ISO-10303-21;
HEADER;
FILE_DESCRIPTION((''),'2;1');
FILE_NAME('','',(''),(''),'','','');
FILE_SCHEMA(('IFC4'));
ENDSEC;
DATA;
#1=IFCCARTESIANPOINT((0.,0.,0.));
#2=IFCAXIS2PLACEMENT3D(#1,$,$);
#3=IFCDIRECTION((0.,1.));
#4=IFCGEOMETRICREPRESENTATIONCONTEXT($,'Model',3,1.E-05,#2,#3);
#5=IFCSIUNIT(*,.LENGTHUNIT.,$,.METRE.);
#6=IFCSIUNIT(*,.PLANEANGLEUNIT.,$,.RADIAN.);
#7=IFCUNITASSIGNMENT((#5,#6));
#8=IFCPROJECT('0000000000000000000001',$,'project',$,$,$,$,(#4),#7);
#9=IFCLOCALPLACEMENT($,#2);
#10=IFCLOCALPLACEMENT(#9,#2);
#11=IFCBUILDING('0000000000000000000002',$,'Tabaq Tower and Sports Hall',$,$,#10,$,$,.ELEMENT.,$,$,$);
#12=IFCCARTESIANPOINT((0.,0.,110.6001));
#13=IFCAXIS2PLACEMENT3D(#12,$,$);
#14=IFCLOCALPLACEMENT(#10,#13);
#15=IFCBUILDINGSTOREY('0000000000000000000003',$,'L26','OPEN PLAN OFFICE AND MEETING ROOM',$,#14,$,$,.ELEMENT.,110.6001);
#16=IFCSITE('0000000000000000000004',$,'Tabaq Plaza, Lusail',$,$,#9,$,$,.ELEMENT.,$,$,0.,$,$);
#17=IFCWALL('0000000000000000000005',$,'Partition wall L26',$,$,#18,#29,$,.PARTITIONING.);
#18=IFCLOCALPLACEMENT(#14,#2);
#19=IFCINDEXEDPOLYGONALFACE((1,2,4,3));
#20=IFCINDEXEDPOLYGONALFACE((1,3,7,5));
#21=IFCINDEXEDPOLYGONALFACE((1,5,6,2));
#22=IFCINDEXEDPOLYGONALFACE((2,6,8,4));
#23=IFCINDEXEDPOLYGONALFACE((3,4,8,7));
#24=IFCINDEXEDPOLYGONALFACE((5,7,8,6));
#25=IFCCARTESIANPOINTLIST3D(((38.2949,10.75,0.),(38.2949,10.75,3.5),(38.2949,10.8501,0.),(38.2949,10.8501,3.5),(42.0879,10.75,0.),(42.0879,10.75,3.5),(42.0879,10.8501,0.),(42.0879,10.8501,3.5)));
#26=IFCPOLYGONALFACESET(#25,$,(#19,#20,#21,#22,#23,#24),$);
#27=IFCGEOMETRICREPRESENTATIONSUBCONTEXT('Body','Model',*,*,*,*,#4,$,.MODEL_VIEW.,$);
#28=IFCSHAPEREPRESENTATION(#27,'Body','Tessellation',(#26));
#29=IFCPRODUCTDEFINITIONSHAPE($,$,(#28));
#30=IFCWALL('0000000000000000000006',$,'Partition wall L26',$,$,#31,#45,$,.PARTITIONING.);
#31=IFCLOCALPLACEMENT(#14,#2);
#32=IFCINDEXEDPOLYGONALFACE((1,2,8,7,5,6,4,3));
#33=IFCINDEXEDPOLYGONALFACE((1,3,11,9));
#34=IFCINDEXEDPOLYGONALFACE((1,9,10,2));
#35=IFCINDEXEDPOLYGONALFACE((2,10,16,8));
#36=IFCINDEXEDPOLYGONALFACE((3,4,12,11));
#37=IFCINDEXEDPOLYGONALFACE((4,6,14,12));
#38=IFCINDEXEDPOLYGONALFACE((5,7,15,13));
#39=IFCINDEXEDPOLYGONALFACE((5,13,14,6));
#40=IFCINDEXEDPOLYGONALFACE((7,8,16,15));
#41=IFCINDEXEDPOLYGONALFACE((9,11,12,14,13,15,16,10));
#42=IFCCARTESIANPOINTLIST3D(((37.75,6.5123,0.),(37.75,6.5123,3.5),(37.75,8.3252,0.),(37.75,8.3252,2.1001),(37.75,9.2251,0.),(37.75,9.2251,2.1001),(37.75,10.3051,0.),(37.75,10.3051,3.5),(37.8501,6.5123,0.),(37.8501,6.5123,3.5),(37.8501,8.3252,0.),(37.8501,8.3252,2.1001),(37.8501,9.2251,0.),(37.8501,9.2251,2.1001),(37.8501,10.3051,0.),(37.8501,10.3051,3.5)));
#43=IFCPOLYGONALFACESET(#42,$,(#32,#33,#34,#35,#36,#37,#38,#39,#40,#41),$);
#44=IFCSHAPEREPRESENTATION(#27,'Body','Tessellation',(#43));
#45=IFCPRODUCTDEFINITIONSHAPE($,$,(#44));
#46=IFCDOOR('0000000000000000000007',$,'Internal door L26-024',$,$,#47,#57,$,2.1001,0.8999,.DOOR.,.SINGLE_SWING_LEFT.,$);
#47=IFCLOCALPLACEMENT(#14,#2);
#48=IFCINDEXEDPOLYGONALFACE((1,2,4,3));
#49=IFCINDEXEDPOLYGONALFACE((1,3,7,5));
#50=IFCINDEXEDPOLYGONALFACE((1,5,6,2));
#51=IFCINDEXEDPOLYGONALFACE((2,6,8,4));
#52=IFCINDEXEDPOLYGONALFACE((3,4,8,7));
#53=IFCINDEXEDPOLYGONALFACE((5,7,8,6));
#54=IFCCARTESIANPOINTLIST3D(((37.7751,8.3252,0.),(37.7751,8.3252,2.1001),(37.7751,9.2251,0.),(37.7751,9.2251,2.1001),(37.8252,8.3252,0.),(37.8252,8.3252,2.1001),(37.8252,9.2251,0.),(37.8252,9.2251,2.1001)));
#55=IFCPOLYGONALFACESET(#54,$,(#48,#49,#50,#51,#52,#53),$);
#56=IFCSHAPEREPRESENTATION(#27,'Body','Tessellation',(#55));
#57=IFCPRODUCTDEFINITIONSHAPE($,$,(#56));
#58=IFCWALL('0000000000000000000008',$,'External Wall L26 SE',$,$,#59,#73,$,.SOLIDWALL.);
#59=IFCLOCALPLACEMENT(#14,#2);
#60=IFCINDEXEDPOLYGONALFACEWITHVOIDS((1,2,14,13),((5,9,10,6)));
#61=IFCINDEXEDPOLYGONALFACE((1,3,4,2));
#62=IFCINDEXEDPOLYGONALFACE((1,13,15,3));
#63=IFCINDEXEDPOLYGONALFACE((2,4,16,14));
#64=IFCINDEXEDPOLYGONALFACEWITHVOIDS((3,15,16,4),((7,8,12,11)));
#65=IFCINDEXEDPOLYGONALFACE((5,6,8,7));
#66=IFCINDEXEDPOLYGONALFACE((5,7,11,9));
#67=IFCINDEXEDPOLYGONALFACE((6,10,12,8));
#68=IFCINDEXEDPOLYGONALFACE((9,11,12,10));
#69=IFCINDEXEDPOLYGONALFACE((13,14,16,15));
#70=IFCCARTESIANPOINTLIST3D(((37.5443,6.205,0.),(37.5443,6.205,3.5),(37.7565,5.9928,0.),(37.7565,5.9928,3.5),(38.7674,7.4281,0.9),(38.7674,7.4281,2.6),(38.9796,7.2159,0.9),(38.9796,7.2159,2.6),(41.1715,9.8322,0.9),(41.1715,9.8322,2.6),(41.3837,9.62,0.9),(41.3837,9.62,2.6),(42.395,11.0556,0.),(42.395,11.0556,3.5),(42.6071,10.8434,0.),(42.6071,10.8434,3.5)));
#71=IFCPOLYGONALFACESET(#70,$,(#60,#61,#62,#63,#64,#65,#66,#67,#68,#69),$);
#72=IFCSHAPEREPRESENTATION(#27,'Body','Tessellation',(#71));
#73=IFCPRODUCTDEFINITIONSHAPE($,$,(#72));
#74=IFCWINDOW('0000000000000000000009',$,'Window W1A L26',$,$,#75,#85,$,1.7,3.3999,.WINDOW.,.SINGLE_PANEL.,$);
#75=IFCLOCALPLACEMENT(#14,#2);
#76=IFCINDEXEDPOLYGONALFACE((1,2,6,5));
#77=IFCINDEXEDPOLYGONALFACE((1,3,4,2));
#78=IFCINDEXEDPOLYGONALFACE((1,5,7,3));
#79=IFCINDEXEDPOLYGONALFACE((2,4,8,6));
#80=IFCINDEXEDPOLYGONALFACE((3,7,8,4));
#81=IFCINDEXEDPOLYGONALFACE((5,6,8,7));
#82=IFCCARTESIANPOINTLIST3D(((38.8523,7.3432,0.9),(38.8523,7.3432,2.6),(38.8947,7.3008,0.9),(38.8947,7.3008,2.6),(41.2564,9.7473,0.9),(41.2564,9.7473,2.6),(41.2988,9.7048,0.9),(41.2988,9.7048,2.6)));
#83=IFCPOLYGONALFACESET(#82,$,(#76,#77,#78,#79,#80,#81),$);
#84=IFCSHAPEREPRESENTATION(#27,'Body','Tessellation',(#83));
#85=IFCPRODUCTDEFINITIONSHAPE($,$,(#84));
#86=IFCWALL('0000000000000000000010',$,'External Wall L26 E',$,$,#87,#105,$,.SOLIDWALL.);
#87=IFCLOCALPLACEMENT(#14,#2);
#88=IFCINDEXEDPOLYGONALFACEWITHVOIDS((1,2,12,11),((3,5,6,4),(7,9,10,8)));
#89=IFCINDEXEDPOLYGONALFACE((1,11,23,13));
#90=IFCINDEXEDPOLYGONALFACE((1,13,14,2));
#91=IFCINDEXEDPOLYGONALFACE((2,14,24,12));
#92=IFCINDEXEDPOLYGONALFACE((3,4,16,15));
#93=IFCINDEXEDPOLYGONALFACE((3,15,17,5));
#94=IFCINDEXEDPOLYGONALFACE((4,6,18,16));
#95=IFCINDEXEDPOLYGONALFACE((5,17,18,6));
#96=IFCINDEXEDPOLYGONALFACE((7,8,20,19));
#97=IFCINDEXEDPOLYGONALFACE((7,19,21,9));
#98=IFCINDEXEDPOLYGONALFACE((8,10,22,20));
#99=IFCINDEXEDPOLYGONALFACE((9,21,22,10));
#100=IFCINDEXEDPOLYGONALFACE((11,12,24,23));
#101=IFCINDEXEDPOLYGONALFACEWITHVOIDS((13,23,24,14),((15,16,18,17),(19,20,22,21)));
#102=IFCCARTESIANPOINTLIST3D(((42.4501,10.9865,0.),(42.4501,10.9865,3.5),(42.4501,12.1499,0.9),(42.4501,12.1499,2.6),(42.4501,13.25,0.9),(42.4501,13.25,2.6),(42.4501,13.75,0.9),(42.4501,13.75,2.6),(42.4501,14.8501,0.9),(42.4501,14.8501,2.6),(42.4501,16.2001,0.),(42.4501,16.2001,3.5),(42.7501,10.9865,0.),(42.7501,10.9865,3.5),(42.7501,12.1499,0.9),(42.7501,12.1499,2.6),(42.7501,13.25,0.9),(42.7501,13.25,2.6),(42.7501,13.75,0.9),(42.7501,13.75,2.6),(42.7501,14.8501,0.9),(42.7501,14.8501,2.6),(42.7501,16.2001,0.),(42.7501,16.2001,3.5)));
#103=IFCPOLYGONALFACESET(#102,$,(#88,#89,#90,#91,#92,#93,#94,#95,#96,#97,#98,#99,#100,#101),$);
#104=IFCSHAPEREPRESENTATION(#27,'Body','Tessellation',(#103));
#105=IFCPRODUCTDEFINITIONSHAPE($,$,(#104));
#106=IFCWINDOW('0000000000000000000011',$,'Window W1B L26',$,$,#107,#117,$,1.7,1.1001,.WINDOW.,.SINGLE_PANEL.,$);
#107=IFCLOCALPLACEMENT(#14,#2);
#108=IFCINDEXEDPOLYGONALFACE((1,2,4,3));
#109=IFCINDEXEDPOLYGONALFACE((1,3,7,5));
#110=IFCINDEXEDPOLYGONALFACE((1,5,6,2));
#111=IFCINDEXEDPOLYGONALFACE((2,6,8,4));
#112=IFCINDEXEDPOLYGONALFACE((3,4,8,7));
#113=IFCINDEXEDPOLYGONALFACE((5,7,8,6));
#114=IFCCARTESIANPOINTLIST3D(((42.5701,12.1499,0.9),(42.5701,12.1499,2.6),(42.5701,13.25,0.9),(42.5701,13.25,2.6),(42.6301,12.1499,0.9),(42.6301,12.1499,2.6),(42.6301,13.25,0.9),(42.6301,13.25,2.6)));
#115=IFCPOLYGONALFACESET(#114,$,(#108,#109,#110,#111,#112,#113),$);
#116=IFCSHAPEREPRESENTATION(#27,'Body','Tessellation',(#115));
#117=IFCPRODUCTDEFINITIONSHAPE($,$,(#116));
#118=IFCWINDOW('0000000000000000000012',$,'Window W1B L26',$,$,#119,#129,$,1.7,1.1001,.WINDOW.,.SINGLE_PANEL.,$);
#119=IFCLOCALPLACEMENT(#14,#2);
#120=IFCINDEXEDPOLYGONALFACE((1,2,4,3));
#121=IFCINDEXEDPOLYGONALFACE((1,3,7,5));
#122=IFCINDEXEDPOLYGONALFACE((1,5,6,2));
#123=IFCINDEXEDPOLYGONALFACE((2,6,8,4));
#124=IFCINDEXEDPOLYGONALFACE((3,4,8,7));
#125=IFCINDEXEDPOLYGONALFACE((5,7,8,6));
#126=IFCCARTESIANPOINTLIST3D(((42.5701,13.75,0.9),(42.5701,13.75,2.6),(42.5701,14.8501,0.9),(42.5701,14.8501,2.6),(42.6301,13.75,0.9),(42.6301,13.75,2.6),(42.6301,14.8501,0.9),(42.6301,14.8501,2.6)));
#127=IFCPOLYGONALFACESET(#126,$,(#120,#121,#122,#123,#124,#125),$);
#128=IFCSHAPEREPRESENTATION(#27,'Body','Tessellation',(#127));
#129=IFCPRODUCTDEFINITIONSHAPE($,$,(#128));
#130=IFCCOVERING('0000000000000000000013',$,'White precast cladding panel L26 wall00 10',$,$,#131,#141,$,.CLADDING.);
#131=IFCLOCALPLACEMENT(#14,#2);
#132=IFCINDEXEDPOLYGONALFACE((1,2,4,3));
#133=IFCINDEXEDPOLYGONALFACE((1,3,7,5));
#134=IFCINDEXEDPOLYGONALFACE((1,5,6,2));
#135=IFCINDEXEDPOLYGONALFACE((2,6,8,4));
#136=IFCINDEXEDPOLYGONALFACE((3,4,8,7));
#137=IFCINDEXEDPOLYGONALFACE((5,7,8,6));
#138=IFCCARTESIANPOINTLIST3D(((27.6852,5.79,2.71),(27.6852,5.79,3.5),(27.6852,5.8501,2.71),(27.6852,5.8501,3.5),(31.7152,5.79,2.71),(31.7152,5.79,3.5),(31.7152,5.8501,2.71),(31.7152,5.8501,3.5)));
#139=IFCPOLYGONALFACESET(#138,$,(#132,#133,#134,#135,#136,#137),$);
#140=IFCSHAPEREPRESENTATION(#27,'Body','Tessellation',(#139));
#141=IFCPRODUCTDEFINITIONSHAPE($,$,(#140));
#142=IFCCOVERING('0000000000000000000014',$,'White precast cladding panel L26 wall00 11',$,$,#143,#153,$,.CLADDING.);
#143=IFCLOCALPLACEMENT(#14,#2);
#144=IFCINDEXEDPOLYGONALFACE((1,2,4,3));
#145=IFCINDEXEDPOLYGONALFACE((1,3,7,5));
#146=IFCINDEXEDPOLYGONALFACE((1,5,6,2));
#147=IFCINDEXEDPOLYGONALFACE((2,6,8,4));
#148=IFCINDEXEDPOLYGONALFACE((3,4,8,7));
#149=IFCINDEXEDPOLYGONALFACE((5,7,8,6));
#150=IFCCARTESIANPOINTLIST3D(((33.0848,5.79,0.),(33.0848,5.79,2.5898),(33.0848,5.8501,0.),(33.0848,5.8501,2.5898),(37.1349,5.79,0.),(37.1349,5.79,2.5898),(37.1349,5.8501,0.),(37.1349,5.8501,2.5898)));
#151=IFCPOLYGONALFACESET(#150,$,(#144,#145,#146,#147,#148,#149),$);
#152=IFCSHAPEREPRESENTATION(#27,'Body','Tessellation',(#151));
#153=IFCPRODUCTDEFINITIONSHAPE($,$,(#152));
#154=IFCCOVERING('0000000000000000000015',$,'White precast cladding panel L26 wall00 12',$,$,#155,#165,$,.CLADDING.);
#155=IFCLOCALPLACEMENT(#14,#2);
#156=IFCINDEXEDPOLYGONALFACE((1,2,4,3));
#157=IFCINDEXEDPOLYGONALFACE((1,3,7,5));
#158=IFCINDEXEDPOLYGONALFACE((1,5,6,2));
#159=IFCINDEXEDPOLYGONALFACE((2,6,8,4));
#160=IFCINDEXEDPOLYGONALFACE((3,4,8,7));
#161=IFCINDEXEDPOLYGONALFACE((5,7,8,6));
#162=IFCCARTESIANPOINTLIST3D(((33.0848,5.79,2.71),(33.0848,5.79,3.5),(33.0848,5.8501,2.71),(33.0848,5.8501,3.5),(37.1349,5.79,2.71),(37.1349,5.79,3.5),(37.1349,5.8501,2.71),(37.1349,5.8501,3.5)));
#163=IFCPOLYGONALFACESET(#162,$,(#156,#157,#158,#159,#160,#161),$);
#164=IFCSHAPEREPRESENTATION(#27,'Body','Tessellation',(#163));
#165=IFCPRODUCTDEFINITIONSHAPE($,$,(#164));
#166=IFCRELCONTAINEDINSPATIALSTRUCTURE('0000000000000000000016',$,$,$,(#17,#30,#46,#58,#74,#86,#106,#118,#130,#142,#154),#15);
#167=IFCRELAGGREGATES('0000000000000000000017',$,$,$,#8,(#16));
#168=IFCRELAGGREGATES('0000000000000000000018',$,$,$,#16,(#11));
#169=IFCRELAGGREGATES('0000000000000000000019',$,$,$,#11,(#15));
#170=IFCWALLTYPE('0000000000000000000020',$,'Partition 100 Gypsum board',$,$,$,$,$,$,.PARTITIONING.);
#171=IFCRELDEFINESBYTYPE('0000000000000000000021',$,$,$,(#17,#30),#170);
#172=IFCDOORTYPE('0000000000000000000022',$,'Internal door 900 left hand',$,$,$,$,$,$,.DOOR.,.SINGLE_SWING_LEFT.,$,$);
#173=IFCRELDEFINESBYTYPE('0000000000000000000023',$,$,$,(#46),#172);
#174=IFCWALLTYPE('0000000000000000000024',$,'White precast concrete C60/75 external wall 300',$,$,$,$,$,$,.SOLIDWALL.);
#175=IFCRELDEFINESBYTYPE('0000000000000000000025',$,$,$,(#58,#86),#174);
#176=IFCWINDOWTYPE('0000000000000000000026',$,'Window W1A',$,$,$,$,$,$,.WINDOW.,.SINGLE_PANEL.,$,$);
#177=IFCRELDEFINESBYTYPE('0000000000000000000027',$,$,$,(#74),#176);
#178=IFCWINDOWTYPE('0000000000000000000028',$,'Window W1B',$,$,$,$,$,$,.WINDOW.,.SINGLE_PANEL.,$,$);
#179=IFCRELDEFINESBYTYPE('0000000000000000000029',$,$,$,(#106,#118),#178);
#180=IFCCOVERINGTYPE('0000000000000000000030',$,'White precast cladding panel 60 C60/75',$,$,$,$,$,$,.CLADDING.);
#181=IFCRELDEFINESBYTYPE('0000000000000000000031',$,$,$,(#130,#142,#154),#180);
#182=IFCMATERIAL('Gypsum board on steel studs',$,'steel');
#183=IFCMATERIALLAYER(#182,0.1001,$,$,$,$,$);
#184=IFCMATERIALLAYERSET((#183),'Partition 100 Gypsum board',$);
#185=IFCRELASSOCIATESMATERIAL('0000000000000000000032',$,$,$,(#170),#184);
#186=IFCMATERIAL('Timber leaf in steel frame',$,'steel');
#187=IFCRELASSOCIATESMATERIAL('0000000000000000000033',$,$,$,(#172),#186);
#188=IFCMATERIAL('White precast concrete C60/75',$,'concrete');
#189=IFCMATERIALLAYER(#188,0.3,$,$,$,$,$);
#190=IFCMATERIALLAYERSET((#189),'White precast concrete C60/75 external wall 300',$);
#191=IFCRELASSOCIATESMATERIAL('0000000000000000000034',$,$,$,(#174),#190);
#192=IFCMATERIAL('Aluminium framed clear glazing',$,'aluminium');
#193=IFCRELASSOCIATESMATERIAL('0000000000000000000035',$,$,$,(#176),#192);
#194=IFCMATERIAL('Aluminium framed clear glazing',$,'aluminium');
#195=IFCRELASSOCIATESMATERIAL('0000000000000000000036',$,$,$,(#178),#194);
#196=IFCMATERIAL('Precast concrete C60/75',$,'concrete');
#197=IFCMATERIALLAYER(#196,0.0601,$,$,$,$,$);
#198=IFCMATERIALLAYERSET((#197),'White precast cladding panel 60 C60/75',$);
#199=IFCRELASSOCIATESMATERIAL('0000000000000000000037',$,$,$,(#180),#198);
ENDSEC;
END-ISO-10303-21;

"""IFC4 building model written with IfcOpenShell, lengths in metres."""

from ifc_helpers import new_model, si_unit, direction, frame, frame_2d, origin, place, context, subcontext, project, spatial, rectangle, extrude, material, layer, layer_set, type_object, element, fill, save


model = new_model("IFC4")

# Units and contexts
model_context = context("Model", 3, precision=1e-05, world=origin(), true_north=direction((0.0, 1.0)))
body_context = subcontext(model_context, "Body", "Model", "MODEL_VIEW")
ifc_project = project(units=[si_unit("LENGTHUNIT", "METRE"), si_unit("PLANEANGLEUNIT", "RADIAN")], contexts=[model_context])

# Site, building, storey
site_placement = place(None, origin())
site = spatial("IfcSite", under=ifc_project, at=site_placement, Name="Tabaq Plaza, Lusail", CompositionType="ELEMENT", RefElevation=0.0)
building_placement = place(site_placement, origin())
building = spatial("IfcBuilding", under=site, at=building_placement, Name="Tabaq Tower and Sports Hall", CompositionType="ELEMENT")
storey_placement = place(building_placement, frame((0.0, 0.0, 110.6001)))
storey = spatial("IfcBuildingStorey", under=building, at=storey_placement, Name="L26", Description="OPEN PLAN OFFICE AND MEETING ROOM", CompositionType="ELEMENT", Elevation=110.6001)

# Shared definitions
ifc_material_1 = material(Name="Gypsum board on steel studs", Category="steel")
ifc_layer_1 = layer(ifc_material_1, 0.1001)
ifc_layer_set_1 = layer_set([ifc_layer_1], Name="Partition 100 Gypsum board")
wall_type_1 = type_object("IfcWallType", Name="Partition 100 Gypsum board", PredefinedType="PARTITIONING", material=ifc_layer_set_1)

# Shared definitions
ifc_material_2 = material(Name="Timber leaf in steel frame", Category="steel")
door_type = type_object("IfcDoorType", Name="Internal door 900 left hand", OperationType="SINGLE_SWING_LEFT", PredefinedType="DOOR", material=ifc_material_2)

# Wall
wall_1_placement = place(storey_placement, frame((38.2949, 10.8, 0.0), z_axis=(0.0, 0.0, 1.0), x_axis=(1.0, 0.0, 0.0)))
element("IfcWall", 1, at=wall_1_placement, inside=storey, type_object=wall_type_1, Name="Partition wall L26", PredefinedType="PARTITIONING", context=body_context, shape_type="SweptSolid", body=[
    extrude(rectangle(XDim=3.793, YDim=0.1001, at=frame_2d((1.8965, 0.0))), origin(), (0.0, 0.0, 1.0), 3.5),
])

# Wall, opening, door
wall_2_placement = place(storey_placement, frame((37.8, 6.5122, 0.0), z_axis=(0.0, 0.0, 1.0), x_axis=(0.0, 1.0, 0.0)))
wall_2 = element("IfcWall", 2, at=wall_2_placement, inside=storey, type_object=wall_type_1, Name="Partition wall L26", PredefinedType="PARTITIONING", context=body_context, shape_type="SweptSolid", body=[
    extrude(rectangle(XDim=3.7927, YDim=0.1001, at=frame_2d((1.8965, 0.0))), origin(), (0.0, 0.0, 1.0), 3.5),
])
opening_1_placement = place(wall_2_placement, frame((1.813, 0.0, 0.0)))
opening_1 = element("IfcOpeningElement", 3, at=opening_1_placement, cuts=wall_2, PredefinedType="OPENING", context=body_context, shape_type="SweptSolid", body=[
    extrude(rectangle(XDim=0.8999, YDim=2.1001, at=frame_2d((0.45, 1.05))), frame((0.0, 0.05, 0.0), z_axis=(0.0, -1.0, 0.0), x_axis=(1.0, 0.0, 0.0)), (0.0, 0.0, 1.0), 0.1001),
])
door_1_placement = place(opening_1_placement, origin())
door_1 = element("IfcDoor", 4, at=door_1_placement, inside=storey, type_object=door_type, Name="Internal door L26-024", OperationType="SINGLE_SWING_LEFT", OverallHeight=2.1001, OverallWidth=0.8999, PredefinedType="DOOR", context=body_context, shape_type="SweptSolid", body=[
    extrude(rectangle(XDim=0.8999, YDim=2.1001, at=frame_2d((0.45, 1.05))), frame((0.0, 0.0249, 0.0), z_axis=(0.0, -1.0, 0.0), x_axis=(1.0, 0.0, 0.0)), (0.0, 0.0, 1.0), 0.05),
])
fill(opening_1, door_1)

# Wall, opening, window
ifc_material_3 = material(Name="White precast concrete C60/75", Category="concrete")
ifc_layer_2 = layer(ifc_material_3, 0.3)
ifc_layer_set_2 = layer_set([ifc_layer_2], Name="White precast concrete C60/75 external wall 300")
wall_type_2 = type_object("IfcWallType", Name="White precast concrete C60/75 external wall 300", PredefinedType="SOLIDWALL", material=ifc_layer_set_2)
wall_3_placement = place(storey_placement, frame((37.6504, 6.0989, 0.0), z_axis=(0.0, 0.0, 1.0), x_axis=(0.707107, 0.707107, 0.0)))
wall_3 = element("IfcWall", 5, at=wall_3_placement, inside=storey, type_object=wall_type_2, Name="External Wall L26 SE", PredefinedType="SOLIDWALL", context=body_context, shape_type="SweptSolid", body=[
    extrude(rectangle(XDim=6.8599, YDim=0.3, at=frame_2d((3.4299, 0.0))), origin(), (0.0, 0.0, 1.0), 3.5),
])
opening_2_placement = place(wall_3_placement, frame((1.7297, 0.0, 0.8999)))
opening_2 = element("IfcOpeningElement", 6, at=opening_2_placement, cuts=wall_3, PredefinedType="OPENING", context=body_context, shape_type="SweptSolid", body=[
    extrude(rectangle(XDim=3.3999, YDim=1.7, at=frame_2d((1.7, 0.8501))), frame((0.0, 0.1602, 0.0), z_axis=(0.0, -1.0, 0.0), x_axis=(1.0, 0.0, 0.0)), (0.0, 0.0, 1.0), 0.3201),
])
ifc_material_4 = material(Name="Aluminium framed clear glazing", Category="aluminium")
window_type_1 = type_object("IfcWindowType", Name="Window W1A", PartitioningType="SINGLE_PANEL", PredefinedType="WINDOW", material=ifc_material_4)
window_1_placement = place(opening_2_placement, origin())
window_1 = element("IfcWindow", 7, at=window_1_placement, inside=storey, type_object=window_type_1, Name="Window W1A L26", OverallHeight=1.7, OverallWidth=3.3999, PartitioningType="SINGLE_PANEL", PredefinedType="WINDOW", context=body_context, shape_type="SweptSolid", body=[
    extrude(rectangle(XDim=3.3999, YDim=1.7, at=frame_2d((1.7, 0.8501))), frame((0.0, 0.03, 0.0), z_axis=(0.0, -1.0, 0.0), x_axis=(1.0, 0.0, 0.0)), (0.0, 0.0, 1.0), 0.0601),
])
fill(opening_2, window_1)

# Wall, openings, windows
wall_4_placement = place(storey_placement, frame((42.6001, 10.9863, 0.0), z_axis=(0.0, 0.0, 1.0), x_axis=(0.0, 1.0, 0.0)))
wall_4 = element("IfcWall", 8, at=wall_4_placement, inside=storey, type_object=wall_type_2, Name="External Wall L26 E", PredefinedType="SOLIDWALL", context=body_context, shape_type="SweptSolid", body=[
    extrude(rectangle(XDim=5.2136, YDim=0.3, at=frame_2d((2.6069, 0.0))), origin(), (0.0, 0.0, 1.0), 3.5),
])
opening_3_placement = place(wall_4_placement, frame((1.1636, 0.0, 0.8999)))
opening_3 = element("IfcOpeningElement", 9, at=opening_3_placement, cuts=wall_4, PredefinedType="OPENING", context=body_context, shape_type="SweptSolid", body=[
    extrude(rectangle(XDim=1.1001, YDim=1.7, at=frame_2d((0.55, 0.8501))), frame((0.0, 0.1602, 0.0), z_axis=(0.0, -1.0, 0.0), x_axis=(1.0, 0.0, 0.0)), (0.0, 0.0, 1.0), 0.3201),
])
opening_4_placement = place(wall_4_placement, frame((2.7637, 0.0, 0.8999)))
opening_4 = element("IfcOpeningElement", 10, at=opening_4_placement, cuts=wall_4, PredefinedType="OPENING", context=body_context, shape_type="SweptSolid", body=[
    extrude(rectangle(XDim=1.1001, YDim=1.7, at=frame_2d((0.55, 0.8501))), frame((0.0, 0.1602, 0.0), z_axis=(0.0, -1.0, 0.0), x_axis=(1.0, 0.0, 0.0)), (0.0, 0.0, 1.0), 0.3201),
])
ifc_material_5 = material(Name="Aluminium framed clear glazing", Category="aluminium")
window_type_2 = type_object("IfcWindowType", Name="Window W1B", PartitioningType="SINGLE_PANEL", PredefinedType="WINDOW", material=ifc_material_5)
window_2_placement = place(opening_3_placement, origin())
window_2 = element("IfcWindow", 11, at=window_2_placement, inside=storey, type_object=window_type_2, Name="Window W1B L26", OverallHeight=1.7, OverallWidth=1.1001, PartitioningType="SINGLE_PANEL", PredefinedType="WINDOW", context=body_context, shape_type="SweptSolid", body=[
    extrude(rectangle(XDim=1.1001, YDim=1.7, at=frame_2d((0.55, 0.8501))), frame((0.0, 0.03, 0.0), z_axis=(0.0, -1.0, 0.0), x_axis=(1.0, 0.0, 0.0)), (0.0, 0.0, 1.0), 0.0601),
])
fill(opening_3, window_2)
window_3_placement = place(opening_4_placement, origin())
window_3 = element("IfcWindow", 12, at=window_3_placement, inside=storey, type_object=window_type_2, Name="Window W1B L26", OverallHeight=1.7, OverallWidth=1.1001, PartitioningType="SINGLE_PANEL", PredefinedType="WINDOW", context=body_context, shape_type="SweptSolid", body=[
    extrude(rectangle(XDim=1.1001, YDim=1.7, at=frame_2d((0.55, 0.8501))), frame((0.0, 0.03, 0.0), z_axis=(0.0, -1.0, 0.0), x_axis=(1.0, 0.0, 0.0)), (0.0, 0.0, 1.0), 0.0601),
])
fill(opening_4, window_3)

# Coverings
ifc_material_6 = material(Name="Precast concrete C60/75", Category="concrete")
ifc_layer_3 = layer(ifc_material_6, 0.0601)
ifc_layer_set_3 = layer_set([ifc_layer_3], Name="White precast cladding panel 60 C60/75")
covering_type = type_object("IfcCoveringType", Name="White precast cladding panel 60 C60/75", PredefinedType="CLADDING", material=ifc_layer_set_3)
covering_1_placement = place(storey_placement, frame((27.6851, 5.8201, 2.71), z_axis=(0.0, 0.0, 1.0), x_axis=(1.0, 0.0, 0.0)))
element("IfcCovering", 13, at=covering_1_placement, inside=storey, type_object=covering_type, Name="White precast cladding panel L26 wall00 10", PredefinedType="CLADDING", context=body_context, shape_type="SweptSolid", body=[
    extrude(rectangle(XDim=4.03, YDim=0.0601, at=frame_2d((2.0151, 0.0))), origin(), (0.0, 0.0, 1.0), 0.79),
])
covering_2_placement = place(storey_placement, frame((33.085, 5.8201, 0.0), z_axis=(0.0, 0.0, 1.0), x_axis=(1.0, 0.0, 0.0)))
element("IfcCovering", 14, at=covering_2_placement, inside=storey, type_object=covering_type, Name="White precast cladding panel L26 wall00 11", PredefinedType="CLADDING", context=body_context, shape_type="SweptSolid", body=[
    extrude(rectangle(XDim=4.05, YDim=0.0601, at=frame_2d((2.0249, 0.0))), origin(), (0.0, 0.0, 1.0), 2.5898),
])
covering_3_placement = place(storey_placement, frame((33.085, 5.8201, 2.71), z_axis=(0.0, 0.0, 1.0), x_axis=(1.0, 0.0, 0.0)))
element("IfcCovering", 15, at=covering_3_placement, inside=storey, type_object=covering_type, Name="White precast cladding panel L26 wall00 12", PredefinedType="CLADDING", context=body_context, shape_type="SweptSolid", body=[
    extrude(rectangle(XDim=4.05, YDim=0.0601, at=frame_2d((2.0249, 0.0))), origin(), (0.0, 0.0, 1.0), 0.79),
])

save(model, "model.ifc")
